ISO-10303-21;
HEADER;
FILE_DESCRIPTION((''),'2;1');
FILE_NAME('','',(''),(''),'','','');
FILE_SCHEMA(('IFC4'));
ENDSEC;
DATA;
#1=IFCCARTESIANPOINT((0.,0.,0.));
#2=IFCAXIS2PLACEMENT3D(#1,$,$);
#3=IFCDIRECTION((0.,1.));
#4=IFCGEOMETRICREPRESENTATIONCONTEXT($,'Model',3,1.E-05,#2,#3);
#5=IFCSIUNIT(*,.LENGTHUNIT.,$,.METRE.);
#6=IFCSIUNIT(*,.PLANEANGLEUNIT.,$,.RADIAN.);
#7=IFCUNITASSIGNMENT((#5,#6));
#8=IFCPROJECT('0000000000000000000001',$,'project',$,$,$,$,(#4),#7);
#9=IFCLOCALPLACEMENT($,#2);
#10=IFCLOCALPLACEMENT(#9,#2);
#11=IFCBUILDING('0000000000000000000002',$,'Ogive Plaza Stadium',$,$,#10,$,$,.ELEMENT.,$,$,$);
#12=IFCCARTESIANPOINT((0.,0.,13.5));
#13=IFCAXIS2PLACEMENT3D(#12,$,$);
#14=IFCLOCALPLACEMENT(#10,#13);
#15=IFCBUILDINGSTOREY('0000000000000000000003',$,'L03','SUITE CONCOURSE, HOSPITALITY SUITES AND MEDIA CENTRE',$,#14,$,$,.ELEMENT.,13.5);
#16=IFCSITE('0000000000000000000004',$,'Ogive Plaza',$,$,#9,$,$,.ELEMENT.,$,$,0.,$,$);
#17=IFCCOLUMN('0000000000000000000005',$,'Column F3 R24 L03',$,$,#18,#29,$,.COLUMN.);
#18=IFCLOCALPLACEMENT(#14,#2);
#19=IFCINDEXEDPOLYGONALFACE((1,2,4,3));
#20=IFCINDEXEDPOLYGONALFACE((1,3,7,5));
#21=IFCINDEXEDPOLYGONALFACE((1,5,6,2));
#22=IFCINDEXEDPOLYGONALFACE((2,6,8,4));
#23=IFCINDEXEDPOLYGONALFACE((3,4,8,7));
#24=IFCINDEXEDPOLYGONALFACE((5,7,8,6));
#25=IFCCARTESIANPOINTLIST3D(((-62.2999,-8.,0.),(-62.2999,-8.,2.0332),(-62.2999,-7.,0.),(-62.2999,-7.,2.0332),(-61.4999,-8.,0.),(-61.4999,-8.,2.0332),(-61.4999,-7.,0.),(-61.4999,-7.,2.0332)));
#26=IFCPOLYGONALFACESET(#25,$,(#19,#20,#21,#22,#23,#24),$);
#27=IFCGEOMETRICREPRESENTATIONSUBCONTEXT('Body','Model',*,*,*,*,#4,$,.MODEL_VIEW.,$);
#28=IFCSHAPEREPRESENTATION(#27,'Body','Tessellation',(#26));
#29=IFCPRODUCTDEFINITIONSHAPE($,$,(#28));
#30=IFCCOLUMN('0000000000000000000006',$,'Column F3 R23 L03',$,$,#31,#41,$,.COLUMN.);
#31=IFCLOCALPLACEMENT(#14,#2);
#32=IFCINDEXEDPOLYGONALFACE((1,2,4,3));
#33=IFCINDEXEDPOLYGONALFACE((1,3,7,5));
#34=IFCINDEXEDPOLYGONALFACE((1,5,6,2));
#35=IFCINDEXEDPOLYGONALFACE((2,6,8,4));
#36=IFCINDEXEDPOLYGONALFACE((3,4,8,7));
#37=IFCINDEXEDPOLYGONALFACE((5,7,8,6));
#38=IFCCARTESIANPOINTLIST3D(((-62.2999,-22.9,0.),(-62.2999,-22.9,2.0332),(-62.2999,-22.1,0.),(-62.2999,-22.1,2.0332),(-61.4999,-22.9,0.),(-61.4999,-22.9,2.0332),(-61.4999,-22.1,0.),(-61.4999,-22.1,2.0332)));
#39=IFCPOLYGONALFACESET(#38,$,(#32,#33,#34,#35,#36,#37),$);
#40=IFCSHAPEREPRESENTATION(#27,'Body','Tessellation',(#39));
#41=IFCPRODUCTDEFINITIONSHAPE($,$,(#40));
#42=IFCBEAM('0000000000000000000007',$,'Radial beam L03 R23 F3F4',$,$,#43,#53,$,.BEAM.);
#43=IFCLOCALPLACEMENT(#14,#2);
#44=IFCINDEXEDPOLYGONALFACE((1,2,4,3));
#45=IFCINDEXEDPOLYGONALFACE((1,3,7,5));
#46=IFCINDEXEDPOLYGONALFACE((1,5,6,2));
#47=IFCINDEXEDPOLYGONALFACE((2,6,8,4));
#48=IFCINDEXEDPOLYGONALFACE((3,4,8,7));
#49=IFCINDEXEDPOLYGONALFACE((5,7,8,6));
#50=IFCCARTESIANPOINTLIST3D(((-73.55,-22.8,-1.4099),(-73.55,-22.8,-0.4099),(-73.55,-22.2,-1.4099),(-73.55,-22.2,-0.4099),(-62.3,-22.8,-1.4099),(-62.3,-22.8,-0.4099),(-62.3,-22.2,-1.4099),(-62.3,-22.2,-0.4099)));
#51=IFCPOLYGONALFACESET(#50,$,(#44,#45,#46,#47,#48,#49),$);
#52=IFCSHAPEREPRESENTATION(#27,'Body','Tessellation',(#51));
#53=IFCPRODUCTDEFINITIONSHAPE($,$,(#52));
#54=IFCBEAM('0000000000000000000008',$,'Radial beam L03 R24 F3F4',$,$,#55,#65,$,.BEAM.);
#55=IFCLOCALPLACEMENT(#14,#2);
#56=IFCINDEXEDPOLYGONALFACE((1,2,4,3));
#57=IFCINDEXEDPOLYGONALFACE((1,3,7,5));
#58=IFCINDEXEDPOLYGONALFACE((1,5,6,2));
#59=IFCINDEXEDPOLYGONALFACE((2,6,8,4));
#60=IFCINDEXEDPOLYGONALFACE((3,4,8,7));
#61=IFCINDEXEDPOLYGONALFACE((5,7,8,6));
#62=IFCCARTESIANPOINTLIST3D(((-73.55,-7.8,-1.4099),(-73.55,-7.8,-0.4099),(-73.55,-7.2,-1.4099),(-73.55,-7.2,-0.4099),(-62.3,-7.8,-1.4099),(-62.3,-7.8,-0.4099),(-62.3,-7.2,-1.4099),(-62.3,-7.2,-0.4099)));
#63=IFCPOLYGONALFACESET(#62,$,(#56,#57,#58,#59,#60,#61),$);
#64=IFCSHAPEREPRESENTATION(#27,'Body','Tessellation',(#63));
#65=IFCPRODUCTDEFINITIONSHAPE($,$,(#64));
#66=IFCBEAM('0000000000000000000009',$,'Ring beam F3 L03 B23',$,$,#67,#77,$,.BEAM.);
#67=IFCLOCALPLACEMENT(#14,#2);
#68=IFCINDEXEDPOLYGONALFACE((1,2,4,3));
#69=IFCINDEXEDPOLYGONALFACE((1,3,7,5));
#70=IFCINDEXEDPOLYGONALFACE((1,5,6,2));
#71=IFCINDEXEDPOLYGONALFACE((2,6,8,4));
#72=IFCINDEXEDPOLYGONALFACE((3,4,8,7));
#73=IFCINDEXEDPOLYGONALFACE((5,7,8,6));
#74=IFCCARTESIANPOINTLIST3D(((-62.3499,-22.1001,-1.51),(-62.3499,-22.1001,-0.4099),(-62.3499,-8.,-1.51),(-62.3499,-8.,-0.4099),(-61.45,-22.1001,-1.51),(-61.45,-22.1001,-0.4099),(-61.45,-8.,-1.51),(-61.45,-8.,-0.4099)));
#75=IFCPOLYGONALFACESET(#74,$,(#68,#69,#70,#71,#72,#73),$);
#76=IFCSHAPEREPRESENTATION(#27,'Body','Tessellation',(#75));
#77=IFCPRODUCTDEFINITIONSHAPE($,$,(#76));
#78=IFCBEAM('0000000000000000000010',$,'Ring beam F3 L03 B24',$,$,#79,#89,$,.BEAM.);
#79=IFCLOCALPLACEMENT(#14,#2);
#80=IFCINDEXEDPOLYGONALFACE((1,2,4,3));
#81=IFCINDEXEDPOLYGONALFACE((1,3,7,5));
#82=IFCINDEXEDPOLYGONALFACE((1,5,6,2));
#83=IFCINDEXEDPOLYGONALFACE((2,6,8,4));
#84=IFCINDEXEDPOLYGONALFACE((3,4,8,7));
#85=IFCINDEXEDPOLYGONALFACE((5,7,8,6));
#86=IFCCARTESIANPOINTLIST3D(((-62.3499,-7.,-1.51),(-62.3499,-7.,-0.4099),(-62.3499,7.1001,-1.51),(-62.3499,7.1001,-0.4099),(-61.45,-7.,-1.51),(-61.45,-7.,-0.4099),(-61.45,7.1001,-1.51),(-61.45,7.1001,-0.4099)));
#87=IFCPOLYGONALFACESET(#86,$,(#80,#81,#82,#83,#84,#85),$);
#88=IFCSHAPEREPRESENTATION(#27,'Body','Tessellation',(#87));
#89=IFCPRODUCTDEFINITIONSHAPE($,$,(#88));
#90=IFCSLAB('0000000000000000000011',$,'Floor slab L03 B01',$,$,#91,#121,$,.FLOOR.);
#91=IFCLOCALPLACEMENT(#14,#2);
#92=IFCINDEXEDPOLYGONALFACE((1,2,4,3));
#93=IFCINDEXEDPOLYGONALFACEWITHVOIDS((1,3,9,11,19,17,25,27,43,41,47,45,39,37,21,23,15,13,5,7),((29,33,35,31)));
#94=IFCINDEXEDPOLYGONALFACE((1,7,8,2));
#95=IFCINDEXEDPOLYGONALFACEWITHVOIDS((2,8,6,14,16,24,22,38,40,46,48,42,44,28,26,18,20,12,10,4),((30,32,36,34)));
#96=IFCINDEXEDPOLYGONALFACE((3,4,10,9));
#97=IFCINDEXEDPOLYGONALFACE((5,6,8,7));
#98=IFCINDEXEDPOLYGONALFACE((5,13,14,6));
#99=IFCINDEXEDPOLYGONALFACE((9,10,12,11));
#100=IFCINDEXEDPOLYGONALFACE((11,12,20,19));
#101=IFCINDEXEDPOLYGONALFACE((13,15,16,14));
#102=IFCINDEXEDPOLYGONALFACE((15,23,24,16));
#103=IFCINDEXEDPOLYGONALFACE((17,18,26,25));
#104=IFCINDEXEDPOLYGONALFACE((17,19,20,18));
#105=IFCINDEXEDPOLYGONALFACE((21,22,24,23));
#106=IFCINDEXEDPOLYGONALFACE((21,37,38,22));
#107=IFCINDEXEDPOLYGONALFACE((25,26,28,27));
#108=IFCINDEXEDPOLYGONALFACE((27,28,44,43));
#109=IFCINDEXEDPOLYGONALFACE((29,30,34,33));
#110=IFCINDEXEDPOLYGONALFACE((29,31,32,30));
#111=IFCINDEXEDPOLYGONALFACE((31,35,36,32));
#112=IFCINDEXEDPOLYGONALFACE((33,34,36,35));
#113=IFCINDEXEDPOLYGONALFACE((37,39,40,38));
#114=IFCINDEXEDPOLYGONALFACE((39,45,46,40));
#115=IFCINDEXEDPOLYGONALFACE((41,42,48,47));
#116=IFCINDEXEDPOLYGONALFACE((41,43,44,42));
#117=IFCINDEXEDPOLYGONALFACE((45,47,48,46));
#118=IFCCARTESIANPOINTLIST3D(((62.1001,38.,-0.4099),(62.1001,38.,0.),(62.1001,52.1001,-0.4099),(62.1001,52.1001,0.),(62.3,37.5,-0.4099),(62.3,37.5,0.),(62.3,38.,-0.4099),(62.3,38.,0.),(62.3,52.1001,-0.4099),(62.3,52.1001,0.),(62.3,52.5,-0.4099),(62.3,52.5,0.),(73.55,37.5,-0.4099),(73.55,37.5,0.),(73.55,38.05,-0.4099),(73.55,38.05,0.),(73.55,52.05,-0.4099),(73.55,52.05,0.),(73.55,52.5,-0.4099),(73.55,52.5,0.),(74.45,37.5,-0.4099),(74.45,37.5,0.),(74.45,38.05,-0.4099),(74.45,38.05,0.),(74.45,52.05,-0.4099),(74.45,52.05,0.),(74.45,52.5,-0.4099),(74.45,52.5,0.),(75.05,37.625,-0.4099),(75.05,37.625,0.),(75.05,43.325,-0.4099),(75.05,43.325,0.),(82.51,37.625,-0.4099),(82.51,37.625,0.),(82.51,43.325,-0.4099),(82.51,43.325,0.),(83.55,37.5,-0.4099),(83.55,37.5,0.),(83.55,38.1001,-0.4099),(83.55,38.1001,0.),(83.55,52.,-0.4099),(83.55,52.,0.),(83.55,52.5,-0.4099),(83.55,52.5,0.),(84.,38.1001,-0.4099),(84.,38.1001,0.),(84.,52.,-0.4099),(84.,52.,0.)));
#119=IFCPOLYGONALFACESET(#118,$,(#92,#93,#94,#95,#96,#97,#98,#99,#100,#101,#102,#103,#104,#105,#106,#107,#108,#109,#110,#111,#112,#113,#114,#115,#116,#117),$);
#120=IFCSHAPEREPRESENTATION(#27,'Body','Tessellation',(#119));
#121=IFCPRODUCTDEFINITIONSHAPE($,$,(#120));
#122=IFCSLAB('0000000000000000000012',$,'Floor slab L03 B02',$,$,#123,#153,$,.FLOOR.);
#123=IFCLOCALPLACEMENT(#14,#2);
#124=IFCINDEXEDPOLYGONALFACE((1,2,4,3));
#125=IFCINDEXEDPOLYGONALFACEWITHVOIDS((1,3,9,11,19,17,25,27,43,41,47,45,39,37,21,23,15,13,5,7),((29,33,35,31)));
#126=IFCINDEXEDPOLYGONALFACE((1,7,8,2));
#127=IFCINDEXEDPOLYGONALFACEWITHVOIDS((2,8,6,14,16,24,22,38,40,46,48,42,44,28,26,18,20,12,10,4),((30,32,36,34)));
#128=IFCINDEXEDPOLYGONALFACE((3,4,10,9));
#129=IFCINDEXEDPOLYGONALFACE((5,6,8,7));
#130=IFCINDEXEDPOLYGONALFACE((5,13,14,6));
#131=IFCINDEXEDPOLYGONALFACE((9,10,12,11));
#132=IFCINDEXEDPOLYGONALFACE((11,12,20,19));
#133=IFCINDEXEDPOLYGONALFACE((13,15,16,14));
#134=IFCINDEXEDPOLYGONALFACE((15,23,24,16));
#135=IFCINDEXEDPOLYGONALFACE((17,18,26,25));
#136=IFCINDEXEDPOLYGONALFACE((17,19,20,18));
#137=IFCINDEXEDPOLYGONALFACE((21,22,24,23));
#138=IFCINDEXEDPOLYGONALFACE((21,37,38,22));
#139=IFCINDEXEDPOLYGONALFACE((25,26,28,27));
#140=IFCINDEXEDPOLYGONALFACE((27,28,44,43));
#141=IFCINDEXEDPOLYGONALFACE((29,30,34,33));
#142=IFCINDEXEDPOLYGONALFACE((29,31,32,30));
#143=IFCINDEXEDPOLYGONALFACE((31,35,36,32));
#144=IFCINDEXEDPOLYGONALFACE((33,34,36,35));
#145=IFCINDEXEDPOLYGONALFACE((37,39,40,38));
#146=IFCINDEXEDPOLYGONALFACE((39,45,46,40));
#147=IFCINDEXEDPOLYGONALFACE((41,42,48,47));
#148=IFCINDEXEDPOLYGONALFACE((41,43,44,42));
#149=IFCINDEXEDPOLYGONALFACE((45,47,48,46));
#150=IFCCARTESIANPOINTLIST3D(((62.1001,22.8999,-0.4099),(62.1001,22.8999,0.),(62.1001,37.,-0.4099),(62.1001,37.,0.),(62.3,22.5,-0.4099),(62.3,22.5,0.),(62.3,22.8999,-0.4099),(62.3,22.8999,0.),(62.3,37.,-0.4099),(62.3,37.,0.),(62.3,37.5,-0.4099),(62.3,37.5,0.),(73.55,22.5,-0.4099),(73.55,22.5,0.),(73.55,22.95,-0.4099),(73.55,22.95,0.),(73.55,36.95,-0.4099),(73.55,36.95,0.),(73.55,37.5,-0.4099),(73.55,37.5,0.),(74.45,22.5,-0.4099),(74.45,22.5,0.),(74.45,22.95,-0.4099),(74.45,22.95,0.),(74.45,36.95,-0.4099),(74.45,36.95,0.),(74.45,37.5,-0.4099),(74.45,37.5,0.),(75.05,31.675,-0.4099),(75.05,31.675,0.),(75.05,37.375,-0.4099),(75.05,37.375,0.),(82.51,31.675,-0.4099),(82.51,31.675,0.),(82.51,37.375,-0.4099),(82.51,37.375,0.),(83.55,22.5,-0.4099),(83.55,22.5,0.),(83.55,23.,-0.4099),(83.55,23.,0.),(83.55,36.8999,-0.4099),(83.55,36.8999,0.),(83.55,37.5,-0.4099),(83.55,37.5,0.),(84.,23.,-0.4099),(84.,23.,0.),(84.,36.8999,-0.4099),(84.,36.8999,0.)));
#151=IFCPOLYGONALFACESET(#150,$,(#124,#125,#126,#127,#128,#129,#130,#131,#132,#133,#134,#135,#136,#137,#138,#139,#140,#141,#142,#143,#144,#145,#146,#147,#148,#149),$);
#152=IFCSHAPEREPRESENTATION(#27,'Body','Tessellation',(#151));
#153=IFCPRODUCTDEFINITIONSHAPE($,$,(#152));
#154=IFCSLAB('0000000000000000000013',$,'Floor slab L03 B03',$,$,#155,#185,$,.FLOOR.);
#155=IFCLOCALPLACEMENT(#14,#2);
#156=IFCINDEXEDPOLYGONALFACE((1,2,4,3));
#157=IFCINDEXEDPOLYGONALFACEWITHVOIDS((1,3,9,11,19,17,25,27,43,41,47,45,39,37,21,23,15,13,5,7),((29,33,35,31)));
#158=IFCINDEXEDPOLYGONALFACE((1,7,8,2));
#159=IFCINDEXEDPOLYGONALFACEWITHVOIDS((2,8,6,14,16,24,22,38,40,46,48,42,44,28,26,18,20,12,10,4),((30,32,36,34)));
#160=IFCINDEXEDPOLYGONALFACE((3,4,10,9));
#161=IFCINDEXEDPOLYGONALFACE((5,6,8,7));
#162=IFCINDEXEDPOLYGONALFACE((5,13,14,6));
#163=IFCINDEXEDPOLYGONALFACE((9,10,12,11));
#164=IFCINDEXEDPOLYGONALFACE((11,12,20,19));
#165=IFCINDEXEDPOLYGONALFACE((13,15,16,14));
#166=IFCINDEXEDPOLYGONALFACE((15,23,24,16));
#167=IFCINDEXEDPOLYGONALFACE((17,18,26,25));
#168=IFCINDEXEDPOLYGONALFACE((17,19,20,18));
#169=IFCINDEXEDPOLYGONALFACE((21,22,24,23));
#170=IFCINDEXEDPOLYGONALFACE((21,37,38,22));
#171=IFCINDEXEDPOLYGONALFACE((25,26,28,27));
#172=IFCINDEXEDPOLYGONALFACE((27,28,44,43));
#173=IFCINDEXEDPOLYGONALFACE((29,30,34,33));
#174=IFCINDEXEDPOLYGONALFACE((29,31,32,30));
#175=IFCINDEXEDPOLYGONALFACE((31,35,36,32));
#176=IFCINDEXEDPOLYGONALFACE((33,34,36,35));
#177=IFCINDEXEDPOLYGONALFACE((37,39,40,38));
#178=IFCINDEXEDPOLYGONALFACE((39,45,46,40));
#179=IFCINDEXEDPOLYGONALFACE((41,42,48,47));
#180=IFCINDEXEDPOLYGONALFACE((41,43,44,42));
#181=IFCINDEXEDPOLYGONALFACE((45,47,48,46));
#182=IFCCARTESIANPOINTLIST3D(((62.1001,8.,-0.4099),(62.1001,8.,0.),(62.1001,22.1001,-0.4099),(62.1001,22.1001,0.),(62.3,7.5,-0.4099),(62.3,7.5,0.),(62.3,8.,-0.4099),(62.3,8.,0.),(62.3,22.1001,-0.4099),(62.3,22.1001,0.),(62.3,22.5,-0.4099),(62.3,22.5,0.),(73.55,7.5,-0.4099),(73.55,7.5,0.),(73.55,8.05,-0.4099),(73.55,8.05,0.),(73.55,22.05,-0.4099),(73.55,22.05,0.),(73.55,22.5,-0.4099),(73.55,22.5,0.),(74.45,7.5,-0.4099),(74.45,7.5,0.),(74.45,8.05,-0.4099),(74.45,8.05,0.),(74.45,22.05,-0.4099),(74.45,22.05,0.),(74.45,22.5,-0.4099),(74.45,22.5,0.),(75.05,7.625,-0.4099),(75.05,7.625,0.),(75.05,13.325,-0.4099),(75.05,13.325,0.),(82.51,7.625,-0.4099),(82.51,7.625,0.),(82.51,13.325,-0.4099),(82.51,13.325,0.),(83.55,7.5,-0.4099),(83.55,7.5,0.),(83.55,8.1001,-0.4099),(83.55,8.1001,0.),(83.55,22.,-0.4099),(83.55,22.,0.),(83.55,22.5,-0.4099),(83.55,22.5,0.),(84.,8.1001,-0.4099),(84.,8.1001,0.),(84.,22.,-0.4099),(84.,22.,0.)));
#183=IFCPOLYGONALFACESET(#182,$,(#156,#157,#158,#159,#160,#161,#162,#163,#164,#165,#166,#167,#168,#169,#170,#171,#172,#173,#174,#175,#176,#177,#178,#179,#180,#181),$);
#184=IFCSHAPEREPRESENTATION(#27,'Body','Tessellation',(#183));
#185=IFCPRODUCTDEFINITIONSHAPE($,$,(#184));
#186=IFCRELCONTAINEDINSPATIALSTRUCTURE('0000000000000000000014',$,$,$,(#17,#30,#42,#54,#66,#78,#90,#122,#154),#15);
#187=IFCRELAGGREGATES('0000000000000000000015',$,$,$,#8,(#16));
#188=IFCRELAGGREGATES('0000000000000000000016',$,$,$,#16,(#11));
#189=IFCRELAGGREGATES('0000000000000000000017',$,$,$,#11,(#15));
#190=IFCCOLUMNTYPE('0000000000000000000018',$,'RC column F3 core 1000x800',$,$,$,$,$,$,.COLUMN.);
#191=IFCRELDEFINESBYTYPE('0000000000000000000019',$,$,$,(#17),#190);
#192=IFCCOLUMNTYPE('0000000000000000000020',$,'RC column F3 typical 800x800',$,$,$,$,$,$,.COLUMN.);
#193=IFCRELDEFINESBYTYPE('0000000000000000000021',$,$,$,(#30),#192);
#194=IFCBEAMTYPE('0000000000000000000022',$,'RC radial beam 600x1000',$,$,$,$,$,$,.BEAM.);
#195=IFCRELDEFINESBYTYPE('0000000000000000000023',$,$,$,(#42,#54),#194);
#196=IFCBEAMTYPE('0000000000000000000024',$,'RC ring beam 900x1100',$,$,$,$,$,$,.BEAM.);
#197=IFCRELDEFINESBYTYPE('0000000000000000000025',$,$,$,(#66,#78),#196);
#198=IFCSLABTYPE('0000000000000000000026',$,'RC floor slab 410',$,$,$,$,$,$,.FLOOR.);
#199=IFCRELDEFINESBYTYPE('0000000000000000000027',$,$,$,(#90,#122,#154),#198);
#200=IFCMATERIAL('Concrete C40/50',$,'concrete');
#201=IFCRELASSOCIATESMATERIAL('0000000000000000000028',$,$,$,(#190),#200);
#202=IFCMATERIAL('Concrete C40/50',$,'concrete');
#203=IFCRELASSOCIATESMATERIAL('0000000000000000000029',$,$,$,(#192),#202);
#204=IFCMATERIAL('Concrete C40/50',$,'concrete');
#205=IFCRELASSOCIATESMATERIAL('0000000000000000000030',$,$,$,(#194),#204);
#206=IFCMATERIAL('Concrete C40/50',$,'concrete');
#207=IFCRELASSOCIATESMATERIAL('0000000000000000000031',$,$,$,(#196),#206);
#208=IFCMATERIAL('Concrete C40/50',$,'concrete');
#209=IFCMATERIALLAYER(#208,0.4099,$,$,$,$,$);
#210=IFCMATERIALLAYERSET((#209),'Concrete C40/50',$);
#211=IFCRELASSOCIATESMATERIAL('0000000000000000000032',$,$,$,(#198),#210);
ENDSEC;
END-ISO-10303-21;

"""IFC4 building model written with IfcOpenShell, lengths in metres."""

from ifc_helpers import new_model, si_unit, direction, frame, origin, origin_2d, place, context, subcontext, project, spatial, polyline, rectangle, outline, extrude, material, layer, layer_set, material_profile, profile_set, type_object, element, save


model = new_model("IFC4")

# Units and contexts
model_context = context("Model", 3, precision=1e-05, world=origin(), true_north=direction((0.0, 1.0)))
body_context = subcontext(model_context, "Body", "Model", "MODEL_VIEW")
ifc_project = project(units=[si_unit("LENGTHUNIT", "METRE"), si_unit("PLANEANGLEUNIT", "RADIAN")], contexts=[model_context])

# Site, building, storey
site_placement = place(None, origin())
site = spatial("IfcSite", under=ifc_project, at=site_placement, Name="Ogive Plaza", CompositionType="ELEMENT", RefElevation=0.0)
building_placement = place(site_placement, origin())
building = spatial("IfcBuilding", under=site, at=building_placement, Name="Ogive Plaza Stadium", CompositionType="ELEMENT")
storey_placement = place(building_placement, frame((0.0, 0.0, 13.5)))
storey = spatial("IfcBuildingStorey", under=building, at=storey_placement, Name="L03", Description="SUITE CONCOURSE, HOSPITALITY SUITES AND MEDIA CENTRE", CompositionType="ELEMENT", Elevation=13.5)

# Columns
ifc_material_1 = material(Name="Concrete C40/50", Category="concrete")
ifc_material_profile_1 = material_profile(ifc_material_1, rectangle(XDim=1.0, YDim=0.8, at=origin_2d()), Name="RC 1000x800")
ifc_profile_set_1 = profile_set([ifc_material_profile_1], Name="Concrete C40/50")
column_type_1 = type_object("IfcColumnType", Name="RC column F3 core 1000x800", PredefinedType="COLUMN", material=ifc_profile_set_1)
column_1_placement = place(storey_placement, frame((-61.8999, -7.5, 0.0), z_axis=(0.0, 0.0, 1.0), x_axis=(0.0, -1.0, 0.0)))
element("IfcColumn", 1, at=column_1_placement, inside=storey, type_object=column_type_1, Name="Column F3 R24 L03", PredefinedType="COLUMN", context=body_context, shape_type="SweptSolid", body=[
    extrude(rectangle(XDim=1.0, YDim=0.8, at=origin_2d()), origin(), (0.0, 0.0, 1.0), 2.0332),
])
ifc_material_2 = material(Name="Concrete C40/50", Category="concrete")
ifc_material_profile_2 = material_profile(ifc_material_2, rectangle(XDim=0.8, YDim=0.8, at=origin_2d()), Name="RC 800x800")
ifc_profile_set_2 = profile_set([ifc_material_profile_2], Name="Concrete C40/50")
column_type_2 = type_object("IfcColumnType", Name="RC column F3 typical 800x800", PredefinedType="COLUMN", material=ifc_profile_set_2)
column_2_placement = place(storey_placement, frame((-61.8999, -22.5, 0.0), z_axis=(0.0, 0.0, 1.0), x_axis=(0.0, -1.0, 0.0)))
element("IfcColumn", 2, at=column_2_placement, inside=storey, type_object=column_type_2, Name="Column F3 R23 L03", PredefinedType="COLUMN", context=body_context, shape_type="SweptSolid", body=[
    extrude(rectangle(XDim=0.8, YDim=0.8, at=origin_2d()), origin(), (0.0, 0.0, 1.0), 2.0332),
])

# Beams
ifc_material_3 = material(Name="Concrete C40/50", Category="concrete")
ifc_material_profile_3 = material_profile(ifc_material_3, rectangle(XDim=0.6001, YDim=1.0, at=origin_2d()), Name="RC 600x1000")
ifc_profile_set_3 = profile_set([ifc_material_profile_3], Name="Concrete C40/50")
beam_type_1 = type_object("IfcBeamType", Name="RC radial beam 600x1000", PredefinedType="BEAM", material=ifc_profile_set_3)
for number, where, z_axis, x_axis, name in (
    (3, (-62.3, -22.5, -0.9099), (-1.0, 0.0, 0.0), (0.0, -1.0, 0.0), "Radial beam L03 R23 F3F4"),
    (4, (-62.3, -7.5, -0.9099), (-1.0, 0.0, 0.0), (0.0, -1.0, 0.0), "Radial beam L03 R24 F3F4"),
):
    element("IfcBeam", number, at=place(storey_placement, frame(where, z_axis=z_axis, x_axis=x_axis)), inside=storey, type_object=beam_type_1, Name=name, PredefinedType="BEAM", context=body_context, shape_type="SweptSolid", body=[
        extrude(rectangle(XDim=0.6001, YDim=1.0, at=origin_2d()), origin(), (0.0, 0.0, 1.0), 11.25),
    ])
ifc_material_4 = material(Name="Concrete C40/50", Category="concrete")
ifc_material_profile_4 = material_profile(ifc_material_4, rectangle(XDim=0.8999, YDim=1.1001, at=origin_2d()), Name="RC 900x1100")
ifc_profile_set_4 = profile_set([ifc_material_profile_4], Name="Concrete C40/50")
beam_type_2 = type_object("IfcBeamType", Name="RC ring beam 900x1100", PredefinedType="BEAM", material=ifc_profile_set_4)
for number, where, z_axis, x_axis, name in (
    (5, (-61.8999, -22.1001, -0.96), (0.0, 1.0, 0.0), (-1.0, 0.0, 0.0), "Ring beam F3 L03 B23"),
    (6, (-61.8999, -7.0, -0.96), (0.0, 1.0, 0.0), (-1.0, 0.0, 0.0), "Ring beam F3 L03 B24"),
):
    element("IfcBeam", number, at=place(storey_placement, frame(where, z_axis=z_axis, x_axis=x_axis)), inside=storey, type_object=beam_type_2, Name=name, PredefinedType="BEAM", context=body_context, shape_type="SweptSolid", body=[
        extrude(rectangle(XDim=0.8999, YDim=1.1001, at=origin_2d()), origin(), (0.0, 0.0, 1.0), 14.1001),
    ])

# Slabs
ifc_material_5 = material(Name="Concrete C40/50", Category="concrete")
ifc_layer_1 = layer(ifc_material_5, 0.4099)
ifc_layer_set_1 = layer_set([ifc_layer_1], Name="Concrete C40/50")
slab_type_1 = type_object("IfcSlabType", Name="RC floor slab 410", PredefinedType="FLOOR", material=ifc_layer_set_1)
slab_1_placement = place(storey_placement, frame((0.0, 0.0, -0.4099)))
element("IfcSlab", 7, at=slab_1_placement, inside=storey, type_object=slab_type_1, Name="Floor slab L03 B01", PredefinedType="FLOOR", context=body_context, shape_type="SweptSolid", body=[
    extrude(outline(polyline([(73.55, 37.5), (73.55, 38.05), (74.45, 38.05), (74.45, 37.5), (83.55, 37.5), (83.55, 38.1001), (84.0, 38.1001), (84.0, 52.0), (83.55, 52.0), (83.55, 52.5), (74.45, 52.5), (74.45, 52.05), (73.55, 52.05), (73.55, 52.5), (62.3, 52.5), (62.3, 52.1001), (62.1001, 52.1001), (62.1001, 38.0), (62.3, 38.0), (62.3, 37.5), (73.55, 37.5)]), holes=[polyline([(75.05, 43.325), (75.05, 37.625), (82.51, 37.625), (82.51, 43.325), (75.05, 43.325)])]), origin(), (0.0, 0.0, 1.0), 0.4099),
])
slab_2_placement = place(storey_placement, frame((0.0, 0.0, -0.4099)))
element("IfcSlab", 8, at=slab_2_placement, inside=storey, type_object=slab_type_1, Name="Floor slab L03 B02", PredefinedType="FLOOR", context=body_context, shape_type="SweptSolid", body=[
    extrude(outline(polyline([(73.55, 22.5), (73.55, 22.95), (74.45, 22.95), (74.45, 22.5), (83.55, 22.5), (83.55, 23.0), (84.0, 23.0), (84.0, 36.8999), (83.55, 36.8999), (83.55, 37.5), (74.45, 37.5), (74.45, 36.95), (73.55, 36.95), (73.55, 37.5), (62.3, 37.5), (62.3, 37.0), (62.1001, 37.0), (62.1001, 22.8999), (62.3, 22.8999), (62.3, 22.5), (73.55, 22.5)]), holes=[polyline([(75.05, 37.375), (75.05, 31.675), (82.51, 31.675), (82.51, 37.375), (75.05, 37.375)])]), origin(), (0.0, 0.0, 1.0), 0.4099),
])
slab_3_placement = place(storey_placement, frame((0.0, 0.0, -0.4099)))
element("IfcSlab", 9, at=slab_3_placement, inside=storey, type_object=slab_type_1, Name="Floor slab L03 B03", PredefinedType="FLOOR", context=body_context, shape_type="SweptSolid", body=[
    extrude(outline(polyline([(73.55, 7.5), (73.55, 8.05), (74.45, 8.05), (74.45, 7.5), (83.55, 7.5), (83.55, 8.1001), (84.0, 8.1001), (84.0, 22.0), (83.55, 22.0), (83.55, 22.5), (74.45, 22.5), (74.45, 22.05), (73.55, 22.05), (73.55, 22.5), (62.3, 22.5), (62.3, 22.1001), (62.1001, 22.1001), (62.1001, 8.0), (62.3, 8.0), (62.3, 7.5), (73.55, 7.5)]), holes=[polyline([(75.05, 13.325), (75.05, 7.625), (82.51, 7.625), (82.51, 13.325), (75.05, 13.325)])]), origin(), (0.0, 0.0, 1.0), 0.4099),
])

save(model, "model.ifc")
